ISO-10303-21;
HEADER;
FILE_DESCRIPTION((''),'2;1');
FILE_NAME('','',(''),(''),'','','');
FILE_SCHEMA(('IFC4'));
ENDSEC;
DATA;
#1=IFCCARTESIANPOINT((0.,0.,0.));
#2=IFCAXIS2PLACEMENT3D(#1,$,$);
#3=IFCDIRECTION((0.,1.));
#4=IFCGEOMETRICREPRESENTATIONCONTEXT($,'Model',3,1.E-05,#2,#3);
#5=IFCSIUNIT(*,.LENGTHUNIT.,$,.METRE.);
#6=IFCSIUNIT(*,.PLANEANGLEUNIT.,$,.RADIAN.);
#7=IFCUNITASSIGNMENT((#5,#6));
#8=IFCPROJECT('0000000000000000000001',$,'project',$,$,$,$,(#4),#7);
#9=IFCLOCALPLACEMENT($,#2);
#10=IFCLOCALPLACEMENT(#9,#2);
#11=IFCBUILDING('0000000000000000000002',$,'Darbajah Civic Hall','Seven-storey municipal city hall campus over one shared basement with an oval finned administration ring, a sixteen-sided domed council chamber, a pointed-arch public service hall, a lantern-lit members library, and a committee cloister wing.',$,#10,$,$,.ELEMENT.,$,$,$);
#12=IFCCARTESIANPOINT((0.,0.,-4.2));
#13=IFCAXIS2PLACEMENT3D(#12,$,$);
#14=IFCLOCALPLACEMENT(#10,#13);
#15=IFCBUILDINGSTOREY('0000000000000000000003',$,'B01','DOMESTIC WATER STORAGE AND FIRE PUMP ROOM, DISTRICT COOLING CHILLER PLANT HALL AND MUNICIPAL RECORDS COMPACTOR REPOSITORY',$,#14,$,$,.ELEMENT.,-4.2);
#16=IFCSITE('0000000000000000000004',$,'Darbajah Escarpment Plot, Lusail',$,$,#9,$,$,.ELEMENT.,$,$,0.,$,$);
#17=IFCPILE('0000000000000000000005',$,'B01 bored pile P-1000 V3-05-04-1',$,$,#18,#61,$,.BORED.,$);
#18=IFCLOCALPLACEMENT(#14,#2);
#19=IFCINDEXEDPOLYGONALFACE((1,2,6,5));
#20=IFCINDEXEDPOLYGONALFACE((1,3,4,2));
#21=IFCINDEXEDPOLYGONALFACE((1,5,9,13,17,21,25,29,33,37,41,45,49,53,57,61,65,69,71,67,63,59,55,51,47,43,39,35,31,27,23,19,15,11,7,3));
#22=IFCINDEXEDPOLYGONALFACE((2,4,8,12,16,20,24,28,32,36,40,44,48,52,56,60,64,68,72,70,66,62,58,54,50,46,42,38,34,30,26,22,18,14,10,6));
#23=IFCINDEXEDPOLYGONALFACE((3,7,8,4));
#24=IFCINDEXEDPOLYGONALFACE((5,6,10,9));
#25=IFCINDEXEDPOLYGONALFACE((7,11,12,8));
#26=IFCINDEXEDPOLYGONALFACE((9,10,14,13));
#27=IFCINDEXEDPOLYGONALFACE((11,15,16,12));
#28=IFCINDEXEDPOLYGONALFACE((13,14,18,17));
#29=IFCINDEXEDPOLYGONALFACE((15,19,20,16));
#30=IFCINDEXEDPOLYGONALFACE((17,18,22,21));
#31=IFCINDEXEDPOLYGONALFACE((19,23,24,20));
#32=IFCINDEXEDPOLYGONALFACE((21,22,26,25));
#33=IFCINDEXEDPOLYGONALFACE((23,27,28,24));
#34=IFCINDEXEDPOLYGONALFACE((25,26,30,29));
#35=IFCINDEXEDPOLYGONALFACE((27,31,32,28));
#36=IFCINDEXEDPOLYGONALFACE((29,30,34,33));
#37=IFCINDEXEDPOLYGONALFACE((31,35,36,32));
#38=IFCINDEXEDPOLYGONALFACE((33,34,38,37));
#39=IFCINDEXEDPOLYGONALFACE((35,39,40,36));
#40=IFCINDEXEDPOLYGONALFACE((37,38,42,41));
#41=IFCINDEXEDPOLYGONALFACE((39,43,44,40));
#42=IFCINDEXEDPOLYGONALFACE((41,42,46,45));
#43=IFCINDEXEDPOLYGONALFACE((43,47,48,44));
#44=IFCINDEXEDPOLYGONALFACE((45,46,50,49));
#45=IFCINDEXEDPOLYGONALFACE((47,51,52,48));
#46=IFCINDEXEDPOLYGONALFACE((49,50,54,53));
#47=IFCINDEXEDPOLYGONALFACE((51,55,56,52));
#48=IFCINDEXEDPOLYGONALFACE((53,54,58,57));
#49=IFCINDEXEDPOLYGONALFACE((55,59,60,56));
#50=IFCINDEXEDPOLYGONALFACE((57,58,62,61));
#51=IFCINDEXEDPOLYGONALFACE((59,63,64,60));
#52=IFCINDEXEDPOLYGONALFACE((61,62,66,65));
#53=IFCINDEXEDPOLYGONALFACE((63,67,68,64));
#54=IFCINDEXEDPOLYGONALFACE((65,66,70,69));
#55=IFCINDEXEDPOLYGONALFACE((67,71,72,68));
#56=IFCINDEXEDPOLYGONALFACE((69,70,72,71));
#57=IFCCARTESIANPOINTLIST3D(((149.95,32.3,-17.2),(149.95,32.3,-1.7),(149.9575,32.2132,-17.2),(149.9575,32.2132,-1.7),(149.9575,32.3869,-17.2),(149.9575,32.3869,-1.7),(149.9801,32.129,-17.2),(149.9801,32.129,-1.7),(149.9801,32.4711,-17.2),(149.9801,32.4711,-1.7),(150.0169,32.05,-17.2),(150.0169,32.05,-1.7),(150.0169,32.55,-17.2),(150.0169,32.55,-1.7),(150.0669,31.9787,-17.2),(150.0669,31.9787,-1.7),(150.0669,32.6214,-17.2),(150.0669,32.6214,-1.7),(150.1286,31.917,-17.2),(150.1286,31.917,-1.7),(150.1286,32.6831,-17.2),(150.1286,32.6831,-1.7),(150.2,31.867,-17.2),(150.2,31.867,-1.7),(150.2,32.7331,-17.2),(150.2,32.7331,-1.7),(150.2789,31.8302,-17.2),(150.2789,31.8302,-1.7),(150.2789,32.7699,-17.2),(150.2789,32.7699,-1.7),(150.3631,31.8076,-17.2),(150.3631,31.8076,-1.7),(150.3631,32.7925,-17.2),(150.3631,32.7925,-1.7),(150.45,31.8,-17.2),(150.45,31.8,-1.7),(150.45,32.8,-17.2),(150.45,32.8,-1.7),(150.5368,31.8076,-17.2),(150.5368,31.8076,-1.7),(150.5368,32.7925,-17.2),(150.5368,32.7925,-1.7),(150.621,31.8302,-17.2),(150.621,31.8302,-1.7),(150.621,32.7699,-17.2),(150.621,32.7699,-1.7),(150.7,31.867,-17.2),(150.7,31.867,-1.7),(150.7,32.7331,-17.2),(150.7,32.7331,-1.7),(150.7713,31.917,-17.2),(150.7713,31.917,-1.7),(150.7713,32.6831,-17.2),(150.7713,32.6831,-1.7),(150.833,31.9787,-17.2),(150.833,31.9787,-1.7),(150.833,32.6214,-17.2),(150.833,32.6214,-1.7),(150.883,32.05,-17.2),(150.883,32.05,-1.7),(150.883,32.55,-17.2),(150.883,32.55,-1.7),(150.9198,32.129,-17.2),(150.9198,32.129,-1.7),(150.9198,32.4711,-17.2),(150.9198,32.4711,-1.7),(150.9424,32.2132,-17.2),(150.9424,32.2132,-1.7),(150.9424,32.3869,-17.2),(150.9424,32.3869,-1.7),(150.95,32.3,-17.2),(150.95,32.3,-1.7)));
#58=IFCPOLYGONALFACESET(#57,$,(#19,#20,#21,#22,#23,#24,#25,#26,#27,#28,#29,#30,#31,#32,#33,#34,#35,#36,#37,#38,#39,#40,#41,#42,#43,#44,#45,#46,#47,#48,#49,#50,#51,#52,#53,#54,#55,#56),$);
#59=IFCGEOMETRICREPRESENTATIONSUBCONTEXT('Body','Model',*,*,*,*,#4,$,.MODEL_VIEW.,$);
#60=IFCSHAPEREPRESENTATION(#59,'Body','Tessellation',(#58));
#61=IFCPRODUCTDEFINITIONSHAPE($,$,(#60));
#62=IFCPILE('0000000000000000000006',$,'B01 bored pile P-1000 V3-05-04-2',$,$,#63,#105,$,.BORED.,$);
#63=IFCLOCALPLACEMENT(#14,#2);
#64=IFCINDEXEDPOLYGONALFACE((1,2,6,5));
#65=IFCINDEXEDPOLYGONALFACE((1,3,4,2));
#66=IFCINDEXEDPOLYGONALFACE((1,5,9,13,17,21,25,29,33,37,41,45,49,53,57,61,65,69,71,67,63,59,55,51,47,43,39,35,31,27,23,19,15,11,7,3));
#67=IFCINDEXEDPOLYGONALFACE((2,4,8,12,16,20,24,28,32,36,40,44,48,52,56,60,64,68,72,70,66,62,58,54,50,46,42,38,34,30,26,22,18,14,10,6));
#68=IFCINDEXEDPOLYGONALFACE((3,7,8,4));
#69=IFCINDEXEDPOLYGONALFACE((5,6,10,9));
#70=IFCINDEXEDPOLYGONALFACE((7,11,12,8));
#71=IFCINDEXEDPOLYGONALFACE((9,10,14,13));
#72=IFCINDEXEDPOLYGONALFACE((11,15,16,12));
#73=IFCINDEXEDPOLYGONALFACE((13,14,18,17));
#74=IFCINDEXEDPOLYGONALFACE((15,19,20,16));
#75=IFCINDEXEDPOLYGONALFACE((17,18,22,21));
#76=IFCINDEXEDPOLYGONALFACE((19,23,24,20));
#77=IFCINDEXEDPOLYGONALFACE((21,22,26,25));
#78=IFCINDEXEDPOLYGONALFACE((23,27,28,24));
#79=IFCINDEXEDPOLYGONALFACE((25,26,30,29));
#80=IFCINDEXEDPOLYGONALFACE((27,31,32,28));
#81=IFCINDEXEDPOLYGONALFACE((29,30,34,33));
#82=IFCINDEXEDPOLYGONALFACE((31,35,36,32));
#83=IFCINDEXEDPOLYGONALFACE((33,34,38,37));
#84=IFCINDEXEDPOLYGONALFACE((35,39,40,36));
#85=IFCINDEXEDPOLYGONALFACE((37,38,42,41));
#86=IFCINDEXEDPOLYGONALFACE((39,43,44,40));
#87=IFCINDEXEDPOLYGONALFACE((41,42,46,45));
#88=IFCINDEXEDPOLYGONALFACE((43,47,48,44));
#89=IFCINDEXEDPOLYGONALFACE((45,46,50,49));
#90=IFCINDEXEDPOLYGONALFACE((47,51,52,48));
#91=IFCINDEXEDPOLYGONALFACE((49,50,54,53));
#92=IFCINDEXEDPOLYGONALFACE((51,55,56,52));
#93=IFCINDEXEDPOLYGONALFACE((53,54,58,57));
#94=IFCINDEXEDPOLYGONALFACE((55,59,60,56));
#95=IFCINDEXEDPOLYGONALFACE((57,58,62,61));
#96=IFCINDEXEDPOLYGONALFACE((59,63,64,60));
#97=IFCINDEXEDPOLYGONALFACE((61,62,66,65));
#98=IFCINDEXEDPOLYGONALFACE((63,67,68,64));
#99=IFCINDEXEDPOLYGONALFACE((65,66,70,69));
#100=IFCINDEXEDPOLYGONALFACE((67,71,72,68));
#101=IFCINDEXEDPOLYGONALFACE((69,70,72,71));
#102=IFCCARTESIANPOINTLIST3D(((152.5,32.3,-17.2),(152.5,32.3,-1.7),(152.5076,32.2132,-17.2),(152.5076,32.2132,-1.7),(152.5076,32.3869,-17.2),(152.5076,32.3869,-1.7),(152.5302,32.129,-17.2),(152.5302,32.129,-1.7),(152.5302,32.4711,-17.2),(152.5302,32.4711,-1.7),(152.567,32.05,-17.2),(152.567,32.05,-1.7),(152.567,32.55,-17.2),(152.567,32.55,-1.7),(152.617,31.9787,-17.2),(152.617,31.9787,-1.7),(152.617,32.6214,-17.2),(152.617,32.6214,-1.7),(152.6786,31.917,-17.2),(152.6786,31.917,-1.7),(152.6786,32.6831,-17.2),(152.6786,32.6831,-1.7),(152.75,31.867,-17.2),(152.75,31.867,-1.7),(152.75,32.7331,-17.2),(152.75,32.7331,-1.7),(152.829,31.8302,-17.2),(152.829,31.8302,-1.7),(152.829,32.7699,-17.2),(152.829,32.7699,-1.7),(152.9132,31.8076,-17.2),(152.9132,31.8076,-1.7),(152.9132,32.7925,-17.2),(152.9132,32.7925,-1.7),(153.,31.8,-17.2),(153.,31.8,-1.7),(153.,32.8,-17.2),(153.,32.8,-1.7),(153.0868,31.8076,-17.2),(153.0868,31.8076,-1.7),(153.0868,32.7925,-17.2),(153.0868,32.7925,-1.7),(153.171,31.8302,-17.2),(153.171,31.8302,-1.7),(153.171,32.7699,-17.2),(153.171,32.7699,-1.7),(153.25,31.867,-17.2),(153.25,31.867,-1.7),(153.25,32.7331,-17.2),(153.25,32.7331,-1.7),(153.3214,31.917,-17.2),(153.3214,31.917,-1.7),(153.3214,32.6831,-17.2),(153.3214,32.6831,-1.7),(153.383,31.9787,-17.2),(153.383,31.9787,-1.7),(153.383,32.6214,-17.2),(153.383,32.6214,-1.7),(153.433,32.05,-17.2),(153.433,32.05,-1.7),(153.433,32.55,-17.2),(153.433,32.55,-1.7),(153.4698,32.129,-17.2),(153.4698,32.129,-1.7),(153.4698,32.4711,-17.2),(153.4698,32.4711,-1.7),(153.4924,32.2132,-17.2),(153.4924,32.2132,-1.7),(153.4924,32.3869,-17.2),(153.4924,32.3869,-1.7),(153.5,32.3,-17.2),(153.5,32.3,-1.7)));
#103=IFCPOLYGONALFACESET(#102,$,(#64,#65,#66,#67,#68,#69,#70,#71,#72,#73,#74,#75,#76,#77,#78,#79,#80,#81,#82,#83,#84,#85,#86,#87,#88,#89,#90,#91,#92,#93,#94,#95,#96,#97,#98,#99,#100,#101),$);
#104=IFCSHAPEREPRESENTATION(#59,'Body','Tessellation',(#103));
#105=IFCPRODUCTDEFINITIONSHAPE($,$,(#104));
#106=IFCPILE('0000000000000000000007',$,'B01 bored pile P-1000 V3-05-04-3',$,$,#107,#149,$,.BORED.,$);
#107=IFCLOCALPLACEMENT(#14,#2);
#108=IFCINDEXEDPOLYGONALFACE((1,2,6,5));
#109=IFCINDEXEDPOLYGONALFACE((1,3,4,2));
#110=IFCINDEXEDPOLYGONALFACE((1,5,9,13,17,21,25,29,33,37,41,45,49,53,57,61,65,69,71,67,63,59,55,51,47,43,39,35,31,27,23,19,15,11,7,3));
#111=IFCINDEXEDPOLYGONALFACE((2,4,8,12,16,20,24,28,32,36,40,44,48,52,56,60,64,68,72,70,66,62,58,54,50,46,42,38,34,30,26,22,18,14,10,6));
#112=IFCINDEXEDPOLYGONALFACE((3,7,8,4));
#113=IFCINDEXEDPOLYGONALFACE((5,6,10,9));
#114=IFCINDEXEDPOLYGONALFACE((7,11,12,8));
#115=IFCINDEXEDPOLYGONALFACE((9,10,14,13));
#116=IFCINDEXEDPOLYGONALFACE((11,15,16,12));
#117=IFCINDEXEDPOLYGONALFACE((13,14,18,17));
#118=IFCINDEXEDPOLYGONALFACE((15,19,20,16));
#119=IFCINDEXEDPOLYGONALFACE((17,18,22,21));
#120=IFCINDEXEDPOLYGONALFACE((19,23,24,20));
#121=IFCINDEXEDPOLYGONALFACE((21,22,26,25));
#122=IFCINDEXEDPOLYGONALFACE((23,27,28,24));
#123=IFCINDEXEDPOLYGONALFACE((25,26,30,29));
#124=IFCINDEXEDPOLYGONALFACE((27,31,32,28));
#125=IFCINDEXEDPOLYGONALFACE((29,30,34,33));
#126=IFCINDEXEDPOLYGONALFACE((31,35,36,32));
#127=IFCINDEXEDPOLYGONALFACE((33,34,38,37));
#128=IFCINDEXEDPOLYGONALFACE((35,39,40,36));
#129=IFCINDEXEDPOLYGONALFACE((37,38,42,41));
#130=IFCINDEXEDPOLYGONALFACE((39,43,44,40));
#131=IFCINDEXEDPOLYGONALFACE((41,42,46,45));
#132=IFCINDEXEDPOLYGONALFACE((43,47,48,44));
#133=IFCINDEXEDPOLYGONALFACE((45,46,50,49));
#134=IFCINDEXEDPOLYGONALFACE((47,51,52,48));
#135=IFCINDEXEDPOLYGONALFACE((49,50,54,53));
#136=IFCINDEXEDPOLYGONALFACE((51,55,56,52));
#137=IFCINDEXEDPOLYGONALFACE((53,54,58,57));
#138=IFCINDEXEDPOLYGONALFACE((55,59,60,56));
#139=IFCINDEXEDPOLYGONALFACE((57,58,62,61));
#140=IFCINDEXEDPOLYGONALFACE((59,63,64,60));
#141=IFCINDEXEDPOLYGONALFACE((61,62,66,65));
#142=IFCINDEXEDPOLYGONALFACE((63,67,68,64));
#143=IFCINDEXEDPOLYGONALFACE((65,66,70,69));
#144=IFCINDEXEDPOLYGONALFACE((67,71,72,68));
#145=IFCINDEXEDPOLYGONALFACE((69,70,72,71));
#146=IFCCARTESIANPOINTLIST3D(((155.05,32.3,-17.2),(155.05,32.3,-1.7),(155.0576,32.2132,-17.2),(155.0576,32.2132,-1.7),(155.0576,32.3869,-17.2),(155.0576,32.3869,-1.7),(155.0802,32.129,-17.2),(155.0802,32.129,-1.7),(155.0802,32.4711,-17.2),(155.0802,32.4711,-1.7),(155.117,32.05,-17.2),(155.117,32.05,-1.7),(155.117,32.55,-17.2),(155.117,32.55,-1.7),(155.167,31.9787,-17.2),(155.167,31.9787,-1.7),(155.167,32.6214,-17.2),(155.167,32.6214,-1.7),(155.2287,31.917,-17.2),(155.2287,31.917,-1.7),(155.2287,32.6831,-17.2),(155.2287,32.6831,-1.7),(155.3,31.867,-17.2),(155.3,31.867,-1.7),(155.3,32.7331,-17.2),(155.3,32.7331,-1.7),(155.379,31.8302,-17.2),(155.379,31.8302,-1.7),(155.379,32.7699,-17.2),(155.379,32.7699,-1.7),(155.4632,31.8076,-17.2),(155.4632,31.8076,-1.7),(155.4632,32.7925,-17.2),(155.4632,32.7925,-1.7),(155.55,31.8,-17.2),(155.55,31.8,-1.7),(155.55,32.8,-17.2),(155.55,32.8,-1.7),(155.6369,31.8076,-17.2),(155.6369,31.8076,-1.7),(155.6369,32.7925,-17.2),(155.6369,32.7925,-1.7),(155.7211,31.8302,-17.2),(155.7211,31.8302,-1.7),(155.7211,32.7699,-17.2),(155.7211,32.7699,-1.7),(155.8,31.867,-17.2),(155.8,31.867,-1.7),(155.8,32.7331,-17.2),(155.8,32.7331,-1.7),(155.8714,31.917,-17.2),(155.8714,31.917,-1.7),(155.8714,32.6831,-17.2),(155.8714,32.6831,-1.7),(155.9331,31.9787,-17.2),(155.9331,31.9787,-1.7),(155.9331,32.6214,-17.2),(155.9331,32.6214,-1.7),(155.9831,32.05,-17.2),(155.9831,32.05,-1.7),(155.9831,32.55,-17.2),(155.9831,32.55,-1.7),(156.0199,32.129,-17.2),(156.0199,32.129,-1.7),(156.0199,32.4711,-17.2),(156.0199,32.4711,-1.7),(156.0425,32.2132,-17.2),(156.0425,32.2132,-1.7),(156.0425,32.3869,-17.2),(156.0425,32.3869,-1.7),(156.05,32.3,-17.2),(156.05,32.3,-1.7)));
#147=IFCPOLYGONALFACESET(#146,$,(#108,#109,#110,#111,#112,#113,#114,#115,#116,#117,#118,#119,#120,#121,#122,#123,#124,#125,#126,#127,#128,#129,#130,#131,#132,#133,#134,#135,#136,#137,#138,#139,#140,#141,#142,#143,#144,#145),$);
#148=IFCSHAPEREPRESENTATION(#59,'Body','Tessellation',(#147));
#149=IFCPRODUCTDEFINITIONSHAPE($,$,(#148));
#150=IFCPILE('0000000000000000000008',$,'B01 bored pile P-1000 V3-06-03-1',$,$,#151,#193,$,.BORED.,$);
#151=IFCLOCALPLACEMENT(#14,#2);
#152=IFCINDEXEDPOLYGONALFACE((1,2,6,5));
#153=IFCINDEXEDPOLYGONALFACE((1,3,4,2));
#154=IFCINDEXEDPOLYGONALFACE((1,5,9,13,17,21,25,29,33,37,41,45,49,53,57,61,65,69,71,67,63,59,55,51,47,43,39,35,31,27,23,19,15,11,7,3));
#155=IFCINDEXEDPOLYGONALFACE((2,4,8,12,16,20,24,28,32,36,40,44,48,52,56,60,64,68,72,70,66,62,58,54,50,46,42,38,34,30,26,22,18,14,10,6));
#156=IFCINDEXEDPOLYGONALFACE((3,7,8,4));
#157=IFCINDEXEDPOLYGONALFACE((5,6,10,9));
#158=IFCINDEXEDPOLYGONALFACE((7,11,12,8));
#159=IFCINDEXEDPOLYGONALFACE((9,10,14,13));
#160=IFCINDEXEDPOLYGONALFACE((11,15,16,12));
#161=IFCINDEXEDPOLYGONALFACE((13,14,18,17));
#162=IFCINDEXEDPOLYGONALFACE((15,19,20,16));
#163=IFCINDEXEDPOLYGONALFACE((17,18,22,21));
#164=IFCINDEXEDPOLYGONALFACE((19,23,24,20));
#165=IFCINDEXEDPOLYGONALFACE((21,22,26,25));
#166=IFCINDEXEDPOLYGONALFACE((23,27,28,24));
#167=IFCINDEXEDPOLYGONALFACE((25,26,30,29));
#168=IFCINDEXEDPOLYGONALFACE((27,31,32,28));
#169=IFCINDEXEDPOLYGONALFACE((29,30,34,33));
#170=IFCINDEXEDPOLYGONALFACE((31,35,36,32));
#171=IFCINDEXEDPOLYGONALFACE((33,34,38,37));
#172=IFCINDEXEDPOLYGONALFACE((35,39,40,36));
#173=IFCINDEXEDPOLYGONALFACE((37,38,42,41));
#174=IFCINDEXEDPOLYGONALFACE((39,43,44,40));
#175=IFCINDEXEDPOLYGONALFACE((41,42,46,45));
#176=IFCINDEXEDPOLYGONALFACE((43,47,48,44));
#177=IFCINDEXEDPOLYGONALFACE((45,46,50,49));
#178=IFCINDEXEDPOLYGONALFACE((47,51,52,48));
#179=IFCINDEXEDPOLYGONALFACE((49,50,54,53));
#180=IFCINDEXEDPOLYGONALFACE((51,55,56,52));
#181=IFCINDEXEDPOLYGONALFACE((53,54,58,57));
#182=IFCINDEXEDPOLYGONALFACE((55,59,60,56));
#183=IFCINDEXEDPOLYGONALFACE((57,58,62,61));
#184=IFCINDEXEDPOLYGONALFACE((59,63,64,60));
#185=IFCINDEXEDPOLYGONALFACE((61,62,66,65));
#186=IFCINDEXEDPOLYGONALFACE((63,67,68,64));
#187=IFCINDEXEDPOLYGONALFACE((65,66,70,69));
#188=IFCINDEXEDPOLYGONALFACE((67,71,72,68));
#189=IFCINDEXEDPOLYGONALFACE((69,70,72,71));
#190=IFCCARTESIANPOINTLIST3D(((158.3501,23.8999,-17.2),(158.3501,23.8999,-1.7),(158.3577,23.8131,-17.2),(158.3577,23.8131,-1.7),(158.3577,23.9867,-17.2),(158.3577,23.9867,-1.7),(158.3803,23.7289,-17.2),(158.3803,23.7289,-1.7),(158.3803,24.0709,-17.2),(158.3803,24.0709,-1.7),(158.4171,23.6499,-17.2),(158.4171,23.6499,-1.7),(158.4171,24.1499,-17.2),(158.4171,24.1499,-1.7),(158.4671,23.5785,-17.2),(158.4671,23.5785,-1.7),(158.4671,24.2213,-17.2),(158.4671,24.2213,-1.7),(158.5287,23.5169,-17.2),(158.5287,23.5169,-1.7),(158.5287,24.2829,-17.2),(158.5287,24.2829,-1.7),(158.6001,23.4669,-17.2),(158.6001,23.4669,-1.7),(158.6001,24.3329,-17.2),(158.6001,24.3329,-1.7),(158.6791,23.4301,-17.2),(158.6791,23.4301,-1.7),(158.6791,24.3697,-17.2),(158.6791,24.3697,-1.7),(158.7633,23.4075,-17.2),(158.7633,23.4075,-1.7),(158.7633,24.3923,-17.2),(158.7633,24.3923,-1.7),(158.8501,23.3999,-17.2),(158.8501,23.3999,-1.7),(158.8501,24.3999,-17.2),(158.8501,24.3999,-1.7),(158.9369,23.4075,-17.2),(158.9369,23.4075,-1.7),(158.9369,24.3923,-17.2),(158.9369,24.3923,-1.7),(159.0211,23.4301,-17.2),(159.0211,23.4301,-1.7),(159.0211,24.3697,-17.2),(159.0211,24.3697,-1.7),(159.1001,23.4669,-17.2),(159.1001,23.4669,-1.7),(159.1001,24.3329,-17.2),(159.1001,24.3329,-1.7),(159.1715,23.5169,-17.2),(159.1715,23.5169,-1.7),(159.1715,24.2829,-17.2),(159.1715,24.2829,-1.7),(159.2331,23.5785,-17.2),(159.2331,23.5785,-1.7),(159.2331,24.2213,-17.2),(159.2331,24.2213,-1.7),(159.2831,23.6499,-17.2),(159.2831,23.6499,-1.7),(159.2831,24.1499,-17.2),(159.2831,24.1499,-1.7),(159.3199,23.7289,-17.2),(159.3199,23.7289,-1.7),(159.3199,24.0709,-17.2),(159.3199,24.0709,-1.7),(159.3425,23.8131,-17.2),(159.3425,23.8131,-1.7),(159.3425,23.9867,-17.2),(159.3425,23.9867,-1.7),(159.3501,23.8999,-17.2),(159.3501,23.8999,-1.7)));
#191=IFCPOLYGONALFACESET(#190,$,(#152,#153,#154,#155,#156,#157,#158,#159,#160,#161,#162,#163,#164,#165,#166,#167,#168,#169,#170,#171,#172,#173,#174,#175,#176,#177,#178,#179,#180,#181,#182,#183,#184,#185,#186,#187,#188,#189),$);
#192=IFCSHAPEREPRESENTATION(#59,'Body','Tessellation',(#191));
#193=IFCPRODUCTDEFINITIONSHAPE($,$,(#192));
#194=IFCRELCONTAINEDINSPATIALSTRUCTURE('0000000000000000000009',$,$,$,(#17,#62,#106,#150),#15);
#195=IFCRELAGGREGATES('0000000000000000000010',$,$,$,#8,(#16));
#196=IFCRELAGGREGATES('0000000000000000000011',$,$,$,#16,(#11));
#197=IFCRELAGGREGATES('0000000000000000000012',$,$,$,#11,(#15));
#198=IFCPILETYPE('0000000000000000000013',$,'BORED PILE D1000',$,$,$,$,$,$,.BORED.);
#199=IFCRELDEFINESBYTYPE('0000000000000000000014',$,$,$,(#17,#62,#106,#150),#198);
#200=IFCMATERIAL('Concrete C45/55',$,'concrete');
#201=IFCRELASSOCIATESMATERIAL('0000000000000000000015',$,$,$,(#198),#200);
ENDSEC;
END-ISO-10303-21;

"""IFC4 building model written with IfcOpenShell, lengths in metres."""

from ifc_helpers import new_model, si_unit, direction, frame, origin, origin_2d, place, context, subcontext, project, spatial, circle, extrude, material, material_profile, profile_set, type_object, element, save


model = new_model("IFC4")

# Units and contexts
model_context = context("Model", 3, precision=1e-05, world=origin(), true_north=direction((0.0, 1.0)))
body_context = subcontext(model_context, "Body", "Model", "MODEL_VIEW")
ifc_project = project(units=[si_unit("LENGTHUNIT", "METRE"), si_unit("PLANEANGLEUNIT", "RADIAN")], contexts=[model_context])

# Site, building, storey
site_placement = place(None, origin())
site = spatial("IfcSite", under=ifc_project, at=site_placement, Name="Darbajah Escarpment Plot, Lusail", CompositionType="ELEMENT", RefElevation=0.0)
building_placement = place(site_placement, origin())
building = spatial("IfcBuilding", under=site, at=building_placement, Name="Darbajah Civic Hall", Description="Seven-storey municipal city hall campus over one shared basement with an oval finned administration ring, a sixteen-sided domed council chamber, a pointed-arch public service hall, a lantern-lit members library, and a committee cloister wing.", CompositionType="ELEMENT")
storey_placement = place(building_placement, frame((0.0, 0.0, -4.2)))
storey = spatial("IfcBuildingStorey", under=building, at=storey_placement, Name="B01", Description="DOMESTIC WATER STORAGE AND FIRE PUMP ROOM, DISTRICT COOLING CHILLER PLANT HALL AND MUNICIPAL RECORDS COMPACTOR REPOSITORY", CompositionType="ELEMENT", Elevation=-4.2)

# Piles
ifc_material_1 = material(Name="Concrete C45/55", Category="concrete")
ifc_material_profile_1 = material_profile(ifc_material_1, circle(Radius=0.5, at=origin_2d()), Name="BORED PILE D1000")
ifc_profile_set_1 = profile_set([ifc_material_profile_1], Name="Concrete C45/55")
pile_type_1 = type_object("IfcPileType", Name="BORED PILE D1000", PredefinedType="BORED", material=ifc_profile_set_1)
for number, where, z_axis, x_axis, name in (
    (1, (150.45, 32.3, -1.7), (0.0, 0.0, -1.0), (1.0, 0.0, 0.0), "B01 bored pile P-1000 V3-05-04-1"),
    (2, (153.0, 32.3, -1.7), (0.0, 0.0, -1.0), (1.0, 0.0, 0.0), "B01 bored pile P-1000 V3-05-04-2"),
    (3, (155.55, 32.3, -1.7), (0.0, 0.0, -1.0), (1.0, 0.0, 0.0), "B01 bored pile P-1000 V3-05-04-3"),
    (4, (158.8501, 23.8999, -1.7), (0.0, 0.0, -1.0), (1.0, 0.0, 0.0), "B01 bored pile P-1000 V3-06-03-1"),
):
    element("IfcPile", number, at=place(storey_placement, frame(where, z_axis=z_axis, x_axis=x_axis)), inside=storey, type_object=pile_type_1, Name=name, PredefinedType="BORED", context=body_context, shape_type="SweptSolid", body=[
        extrude(circle(Radius=0.5, at=origin_2d()), origin(), (0.0, 0.0, 1.0), 15.5),
    ])

save(model, "model.ifc")
